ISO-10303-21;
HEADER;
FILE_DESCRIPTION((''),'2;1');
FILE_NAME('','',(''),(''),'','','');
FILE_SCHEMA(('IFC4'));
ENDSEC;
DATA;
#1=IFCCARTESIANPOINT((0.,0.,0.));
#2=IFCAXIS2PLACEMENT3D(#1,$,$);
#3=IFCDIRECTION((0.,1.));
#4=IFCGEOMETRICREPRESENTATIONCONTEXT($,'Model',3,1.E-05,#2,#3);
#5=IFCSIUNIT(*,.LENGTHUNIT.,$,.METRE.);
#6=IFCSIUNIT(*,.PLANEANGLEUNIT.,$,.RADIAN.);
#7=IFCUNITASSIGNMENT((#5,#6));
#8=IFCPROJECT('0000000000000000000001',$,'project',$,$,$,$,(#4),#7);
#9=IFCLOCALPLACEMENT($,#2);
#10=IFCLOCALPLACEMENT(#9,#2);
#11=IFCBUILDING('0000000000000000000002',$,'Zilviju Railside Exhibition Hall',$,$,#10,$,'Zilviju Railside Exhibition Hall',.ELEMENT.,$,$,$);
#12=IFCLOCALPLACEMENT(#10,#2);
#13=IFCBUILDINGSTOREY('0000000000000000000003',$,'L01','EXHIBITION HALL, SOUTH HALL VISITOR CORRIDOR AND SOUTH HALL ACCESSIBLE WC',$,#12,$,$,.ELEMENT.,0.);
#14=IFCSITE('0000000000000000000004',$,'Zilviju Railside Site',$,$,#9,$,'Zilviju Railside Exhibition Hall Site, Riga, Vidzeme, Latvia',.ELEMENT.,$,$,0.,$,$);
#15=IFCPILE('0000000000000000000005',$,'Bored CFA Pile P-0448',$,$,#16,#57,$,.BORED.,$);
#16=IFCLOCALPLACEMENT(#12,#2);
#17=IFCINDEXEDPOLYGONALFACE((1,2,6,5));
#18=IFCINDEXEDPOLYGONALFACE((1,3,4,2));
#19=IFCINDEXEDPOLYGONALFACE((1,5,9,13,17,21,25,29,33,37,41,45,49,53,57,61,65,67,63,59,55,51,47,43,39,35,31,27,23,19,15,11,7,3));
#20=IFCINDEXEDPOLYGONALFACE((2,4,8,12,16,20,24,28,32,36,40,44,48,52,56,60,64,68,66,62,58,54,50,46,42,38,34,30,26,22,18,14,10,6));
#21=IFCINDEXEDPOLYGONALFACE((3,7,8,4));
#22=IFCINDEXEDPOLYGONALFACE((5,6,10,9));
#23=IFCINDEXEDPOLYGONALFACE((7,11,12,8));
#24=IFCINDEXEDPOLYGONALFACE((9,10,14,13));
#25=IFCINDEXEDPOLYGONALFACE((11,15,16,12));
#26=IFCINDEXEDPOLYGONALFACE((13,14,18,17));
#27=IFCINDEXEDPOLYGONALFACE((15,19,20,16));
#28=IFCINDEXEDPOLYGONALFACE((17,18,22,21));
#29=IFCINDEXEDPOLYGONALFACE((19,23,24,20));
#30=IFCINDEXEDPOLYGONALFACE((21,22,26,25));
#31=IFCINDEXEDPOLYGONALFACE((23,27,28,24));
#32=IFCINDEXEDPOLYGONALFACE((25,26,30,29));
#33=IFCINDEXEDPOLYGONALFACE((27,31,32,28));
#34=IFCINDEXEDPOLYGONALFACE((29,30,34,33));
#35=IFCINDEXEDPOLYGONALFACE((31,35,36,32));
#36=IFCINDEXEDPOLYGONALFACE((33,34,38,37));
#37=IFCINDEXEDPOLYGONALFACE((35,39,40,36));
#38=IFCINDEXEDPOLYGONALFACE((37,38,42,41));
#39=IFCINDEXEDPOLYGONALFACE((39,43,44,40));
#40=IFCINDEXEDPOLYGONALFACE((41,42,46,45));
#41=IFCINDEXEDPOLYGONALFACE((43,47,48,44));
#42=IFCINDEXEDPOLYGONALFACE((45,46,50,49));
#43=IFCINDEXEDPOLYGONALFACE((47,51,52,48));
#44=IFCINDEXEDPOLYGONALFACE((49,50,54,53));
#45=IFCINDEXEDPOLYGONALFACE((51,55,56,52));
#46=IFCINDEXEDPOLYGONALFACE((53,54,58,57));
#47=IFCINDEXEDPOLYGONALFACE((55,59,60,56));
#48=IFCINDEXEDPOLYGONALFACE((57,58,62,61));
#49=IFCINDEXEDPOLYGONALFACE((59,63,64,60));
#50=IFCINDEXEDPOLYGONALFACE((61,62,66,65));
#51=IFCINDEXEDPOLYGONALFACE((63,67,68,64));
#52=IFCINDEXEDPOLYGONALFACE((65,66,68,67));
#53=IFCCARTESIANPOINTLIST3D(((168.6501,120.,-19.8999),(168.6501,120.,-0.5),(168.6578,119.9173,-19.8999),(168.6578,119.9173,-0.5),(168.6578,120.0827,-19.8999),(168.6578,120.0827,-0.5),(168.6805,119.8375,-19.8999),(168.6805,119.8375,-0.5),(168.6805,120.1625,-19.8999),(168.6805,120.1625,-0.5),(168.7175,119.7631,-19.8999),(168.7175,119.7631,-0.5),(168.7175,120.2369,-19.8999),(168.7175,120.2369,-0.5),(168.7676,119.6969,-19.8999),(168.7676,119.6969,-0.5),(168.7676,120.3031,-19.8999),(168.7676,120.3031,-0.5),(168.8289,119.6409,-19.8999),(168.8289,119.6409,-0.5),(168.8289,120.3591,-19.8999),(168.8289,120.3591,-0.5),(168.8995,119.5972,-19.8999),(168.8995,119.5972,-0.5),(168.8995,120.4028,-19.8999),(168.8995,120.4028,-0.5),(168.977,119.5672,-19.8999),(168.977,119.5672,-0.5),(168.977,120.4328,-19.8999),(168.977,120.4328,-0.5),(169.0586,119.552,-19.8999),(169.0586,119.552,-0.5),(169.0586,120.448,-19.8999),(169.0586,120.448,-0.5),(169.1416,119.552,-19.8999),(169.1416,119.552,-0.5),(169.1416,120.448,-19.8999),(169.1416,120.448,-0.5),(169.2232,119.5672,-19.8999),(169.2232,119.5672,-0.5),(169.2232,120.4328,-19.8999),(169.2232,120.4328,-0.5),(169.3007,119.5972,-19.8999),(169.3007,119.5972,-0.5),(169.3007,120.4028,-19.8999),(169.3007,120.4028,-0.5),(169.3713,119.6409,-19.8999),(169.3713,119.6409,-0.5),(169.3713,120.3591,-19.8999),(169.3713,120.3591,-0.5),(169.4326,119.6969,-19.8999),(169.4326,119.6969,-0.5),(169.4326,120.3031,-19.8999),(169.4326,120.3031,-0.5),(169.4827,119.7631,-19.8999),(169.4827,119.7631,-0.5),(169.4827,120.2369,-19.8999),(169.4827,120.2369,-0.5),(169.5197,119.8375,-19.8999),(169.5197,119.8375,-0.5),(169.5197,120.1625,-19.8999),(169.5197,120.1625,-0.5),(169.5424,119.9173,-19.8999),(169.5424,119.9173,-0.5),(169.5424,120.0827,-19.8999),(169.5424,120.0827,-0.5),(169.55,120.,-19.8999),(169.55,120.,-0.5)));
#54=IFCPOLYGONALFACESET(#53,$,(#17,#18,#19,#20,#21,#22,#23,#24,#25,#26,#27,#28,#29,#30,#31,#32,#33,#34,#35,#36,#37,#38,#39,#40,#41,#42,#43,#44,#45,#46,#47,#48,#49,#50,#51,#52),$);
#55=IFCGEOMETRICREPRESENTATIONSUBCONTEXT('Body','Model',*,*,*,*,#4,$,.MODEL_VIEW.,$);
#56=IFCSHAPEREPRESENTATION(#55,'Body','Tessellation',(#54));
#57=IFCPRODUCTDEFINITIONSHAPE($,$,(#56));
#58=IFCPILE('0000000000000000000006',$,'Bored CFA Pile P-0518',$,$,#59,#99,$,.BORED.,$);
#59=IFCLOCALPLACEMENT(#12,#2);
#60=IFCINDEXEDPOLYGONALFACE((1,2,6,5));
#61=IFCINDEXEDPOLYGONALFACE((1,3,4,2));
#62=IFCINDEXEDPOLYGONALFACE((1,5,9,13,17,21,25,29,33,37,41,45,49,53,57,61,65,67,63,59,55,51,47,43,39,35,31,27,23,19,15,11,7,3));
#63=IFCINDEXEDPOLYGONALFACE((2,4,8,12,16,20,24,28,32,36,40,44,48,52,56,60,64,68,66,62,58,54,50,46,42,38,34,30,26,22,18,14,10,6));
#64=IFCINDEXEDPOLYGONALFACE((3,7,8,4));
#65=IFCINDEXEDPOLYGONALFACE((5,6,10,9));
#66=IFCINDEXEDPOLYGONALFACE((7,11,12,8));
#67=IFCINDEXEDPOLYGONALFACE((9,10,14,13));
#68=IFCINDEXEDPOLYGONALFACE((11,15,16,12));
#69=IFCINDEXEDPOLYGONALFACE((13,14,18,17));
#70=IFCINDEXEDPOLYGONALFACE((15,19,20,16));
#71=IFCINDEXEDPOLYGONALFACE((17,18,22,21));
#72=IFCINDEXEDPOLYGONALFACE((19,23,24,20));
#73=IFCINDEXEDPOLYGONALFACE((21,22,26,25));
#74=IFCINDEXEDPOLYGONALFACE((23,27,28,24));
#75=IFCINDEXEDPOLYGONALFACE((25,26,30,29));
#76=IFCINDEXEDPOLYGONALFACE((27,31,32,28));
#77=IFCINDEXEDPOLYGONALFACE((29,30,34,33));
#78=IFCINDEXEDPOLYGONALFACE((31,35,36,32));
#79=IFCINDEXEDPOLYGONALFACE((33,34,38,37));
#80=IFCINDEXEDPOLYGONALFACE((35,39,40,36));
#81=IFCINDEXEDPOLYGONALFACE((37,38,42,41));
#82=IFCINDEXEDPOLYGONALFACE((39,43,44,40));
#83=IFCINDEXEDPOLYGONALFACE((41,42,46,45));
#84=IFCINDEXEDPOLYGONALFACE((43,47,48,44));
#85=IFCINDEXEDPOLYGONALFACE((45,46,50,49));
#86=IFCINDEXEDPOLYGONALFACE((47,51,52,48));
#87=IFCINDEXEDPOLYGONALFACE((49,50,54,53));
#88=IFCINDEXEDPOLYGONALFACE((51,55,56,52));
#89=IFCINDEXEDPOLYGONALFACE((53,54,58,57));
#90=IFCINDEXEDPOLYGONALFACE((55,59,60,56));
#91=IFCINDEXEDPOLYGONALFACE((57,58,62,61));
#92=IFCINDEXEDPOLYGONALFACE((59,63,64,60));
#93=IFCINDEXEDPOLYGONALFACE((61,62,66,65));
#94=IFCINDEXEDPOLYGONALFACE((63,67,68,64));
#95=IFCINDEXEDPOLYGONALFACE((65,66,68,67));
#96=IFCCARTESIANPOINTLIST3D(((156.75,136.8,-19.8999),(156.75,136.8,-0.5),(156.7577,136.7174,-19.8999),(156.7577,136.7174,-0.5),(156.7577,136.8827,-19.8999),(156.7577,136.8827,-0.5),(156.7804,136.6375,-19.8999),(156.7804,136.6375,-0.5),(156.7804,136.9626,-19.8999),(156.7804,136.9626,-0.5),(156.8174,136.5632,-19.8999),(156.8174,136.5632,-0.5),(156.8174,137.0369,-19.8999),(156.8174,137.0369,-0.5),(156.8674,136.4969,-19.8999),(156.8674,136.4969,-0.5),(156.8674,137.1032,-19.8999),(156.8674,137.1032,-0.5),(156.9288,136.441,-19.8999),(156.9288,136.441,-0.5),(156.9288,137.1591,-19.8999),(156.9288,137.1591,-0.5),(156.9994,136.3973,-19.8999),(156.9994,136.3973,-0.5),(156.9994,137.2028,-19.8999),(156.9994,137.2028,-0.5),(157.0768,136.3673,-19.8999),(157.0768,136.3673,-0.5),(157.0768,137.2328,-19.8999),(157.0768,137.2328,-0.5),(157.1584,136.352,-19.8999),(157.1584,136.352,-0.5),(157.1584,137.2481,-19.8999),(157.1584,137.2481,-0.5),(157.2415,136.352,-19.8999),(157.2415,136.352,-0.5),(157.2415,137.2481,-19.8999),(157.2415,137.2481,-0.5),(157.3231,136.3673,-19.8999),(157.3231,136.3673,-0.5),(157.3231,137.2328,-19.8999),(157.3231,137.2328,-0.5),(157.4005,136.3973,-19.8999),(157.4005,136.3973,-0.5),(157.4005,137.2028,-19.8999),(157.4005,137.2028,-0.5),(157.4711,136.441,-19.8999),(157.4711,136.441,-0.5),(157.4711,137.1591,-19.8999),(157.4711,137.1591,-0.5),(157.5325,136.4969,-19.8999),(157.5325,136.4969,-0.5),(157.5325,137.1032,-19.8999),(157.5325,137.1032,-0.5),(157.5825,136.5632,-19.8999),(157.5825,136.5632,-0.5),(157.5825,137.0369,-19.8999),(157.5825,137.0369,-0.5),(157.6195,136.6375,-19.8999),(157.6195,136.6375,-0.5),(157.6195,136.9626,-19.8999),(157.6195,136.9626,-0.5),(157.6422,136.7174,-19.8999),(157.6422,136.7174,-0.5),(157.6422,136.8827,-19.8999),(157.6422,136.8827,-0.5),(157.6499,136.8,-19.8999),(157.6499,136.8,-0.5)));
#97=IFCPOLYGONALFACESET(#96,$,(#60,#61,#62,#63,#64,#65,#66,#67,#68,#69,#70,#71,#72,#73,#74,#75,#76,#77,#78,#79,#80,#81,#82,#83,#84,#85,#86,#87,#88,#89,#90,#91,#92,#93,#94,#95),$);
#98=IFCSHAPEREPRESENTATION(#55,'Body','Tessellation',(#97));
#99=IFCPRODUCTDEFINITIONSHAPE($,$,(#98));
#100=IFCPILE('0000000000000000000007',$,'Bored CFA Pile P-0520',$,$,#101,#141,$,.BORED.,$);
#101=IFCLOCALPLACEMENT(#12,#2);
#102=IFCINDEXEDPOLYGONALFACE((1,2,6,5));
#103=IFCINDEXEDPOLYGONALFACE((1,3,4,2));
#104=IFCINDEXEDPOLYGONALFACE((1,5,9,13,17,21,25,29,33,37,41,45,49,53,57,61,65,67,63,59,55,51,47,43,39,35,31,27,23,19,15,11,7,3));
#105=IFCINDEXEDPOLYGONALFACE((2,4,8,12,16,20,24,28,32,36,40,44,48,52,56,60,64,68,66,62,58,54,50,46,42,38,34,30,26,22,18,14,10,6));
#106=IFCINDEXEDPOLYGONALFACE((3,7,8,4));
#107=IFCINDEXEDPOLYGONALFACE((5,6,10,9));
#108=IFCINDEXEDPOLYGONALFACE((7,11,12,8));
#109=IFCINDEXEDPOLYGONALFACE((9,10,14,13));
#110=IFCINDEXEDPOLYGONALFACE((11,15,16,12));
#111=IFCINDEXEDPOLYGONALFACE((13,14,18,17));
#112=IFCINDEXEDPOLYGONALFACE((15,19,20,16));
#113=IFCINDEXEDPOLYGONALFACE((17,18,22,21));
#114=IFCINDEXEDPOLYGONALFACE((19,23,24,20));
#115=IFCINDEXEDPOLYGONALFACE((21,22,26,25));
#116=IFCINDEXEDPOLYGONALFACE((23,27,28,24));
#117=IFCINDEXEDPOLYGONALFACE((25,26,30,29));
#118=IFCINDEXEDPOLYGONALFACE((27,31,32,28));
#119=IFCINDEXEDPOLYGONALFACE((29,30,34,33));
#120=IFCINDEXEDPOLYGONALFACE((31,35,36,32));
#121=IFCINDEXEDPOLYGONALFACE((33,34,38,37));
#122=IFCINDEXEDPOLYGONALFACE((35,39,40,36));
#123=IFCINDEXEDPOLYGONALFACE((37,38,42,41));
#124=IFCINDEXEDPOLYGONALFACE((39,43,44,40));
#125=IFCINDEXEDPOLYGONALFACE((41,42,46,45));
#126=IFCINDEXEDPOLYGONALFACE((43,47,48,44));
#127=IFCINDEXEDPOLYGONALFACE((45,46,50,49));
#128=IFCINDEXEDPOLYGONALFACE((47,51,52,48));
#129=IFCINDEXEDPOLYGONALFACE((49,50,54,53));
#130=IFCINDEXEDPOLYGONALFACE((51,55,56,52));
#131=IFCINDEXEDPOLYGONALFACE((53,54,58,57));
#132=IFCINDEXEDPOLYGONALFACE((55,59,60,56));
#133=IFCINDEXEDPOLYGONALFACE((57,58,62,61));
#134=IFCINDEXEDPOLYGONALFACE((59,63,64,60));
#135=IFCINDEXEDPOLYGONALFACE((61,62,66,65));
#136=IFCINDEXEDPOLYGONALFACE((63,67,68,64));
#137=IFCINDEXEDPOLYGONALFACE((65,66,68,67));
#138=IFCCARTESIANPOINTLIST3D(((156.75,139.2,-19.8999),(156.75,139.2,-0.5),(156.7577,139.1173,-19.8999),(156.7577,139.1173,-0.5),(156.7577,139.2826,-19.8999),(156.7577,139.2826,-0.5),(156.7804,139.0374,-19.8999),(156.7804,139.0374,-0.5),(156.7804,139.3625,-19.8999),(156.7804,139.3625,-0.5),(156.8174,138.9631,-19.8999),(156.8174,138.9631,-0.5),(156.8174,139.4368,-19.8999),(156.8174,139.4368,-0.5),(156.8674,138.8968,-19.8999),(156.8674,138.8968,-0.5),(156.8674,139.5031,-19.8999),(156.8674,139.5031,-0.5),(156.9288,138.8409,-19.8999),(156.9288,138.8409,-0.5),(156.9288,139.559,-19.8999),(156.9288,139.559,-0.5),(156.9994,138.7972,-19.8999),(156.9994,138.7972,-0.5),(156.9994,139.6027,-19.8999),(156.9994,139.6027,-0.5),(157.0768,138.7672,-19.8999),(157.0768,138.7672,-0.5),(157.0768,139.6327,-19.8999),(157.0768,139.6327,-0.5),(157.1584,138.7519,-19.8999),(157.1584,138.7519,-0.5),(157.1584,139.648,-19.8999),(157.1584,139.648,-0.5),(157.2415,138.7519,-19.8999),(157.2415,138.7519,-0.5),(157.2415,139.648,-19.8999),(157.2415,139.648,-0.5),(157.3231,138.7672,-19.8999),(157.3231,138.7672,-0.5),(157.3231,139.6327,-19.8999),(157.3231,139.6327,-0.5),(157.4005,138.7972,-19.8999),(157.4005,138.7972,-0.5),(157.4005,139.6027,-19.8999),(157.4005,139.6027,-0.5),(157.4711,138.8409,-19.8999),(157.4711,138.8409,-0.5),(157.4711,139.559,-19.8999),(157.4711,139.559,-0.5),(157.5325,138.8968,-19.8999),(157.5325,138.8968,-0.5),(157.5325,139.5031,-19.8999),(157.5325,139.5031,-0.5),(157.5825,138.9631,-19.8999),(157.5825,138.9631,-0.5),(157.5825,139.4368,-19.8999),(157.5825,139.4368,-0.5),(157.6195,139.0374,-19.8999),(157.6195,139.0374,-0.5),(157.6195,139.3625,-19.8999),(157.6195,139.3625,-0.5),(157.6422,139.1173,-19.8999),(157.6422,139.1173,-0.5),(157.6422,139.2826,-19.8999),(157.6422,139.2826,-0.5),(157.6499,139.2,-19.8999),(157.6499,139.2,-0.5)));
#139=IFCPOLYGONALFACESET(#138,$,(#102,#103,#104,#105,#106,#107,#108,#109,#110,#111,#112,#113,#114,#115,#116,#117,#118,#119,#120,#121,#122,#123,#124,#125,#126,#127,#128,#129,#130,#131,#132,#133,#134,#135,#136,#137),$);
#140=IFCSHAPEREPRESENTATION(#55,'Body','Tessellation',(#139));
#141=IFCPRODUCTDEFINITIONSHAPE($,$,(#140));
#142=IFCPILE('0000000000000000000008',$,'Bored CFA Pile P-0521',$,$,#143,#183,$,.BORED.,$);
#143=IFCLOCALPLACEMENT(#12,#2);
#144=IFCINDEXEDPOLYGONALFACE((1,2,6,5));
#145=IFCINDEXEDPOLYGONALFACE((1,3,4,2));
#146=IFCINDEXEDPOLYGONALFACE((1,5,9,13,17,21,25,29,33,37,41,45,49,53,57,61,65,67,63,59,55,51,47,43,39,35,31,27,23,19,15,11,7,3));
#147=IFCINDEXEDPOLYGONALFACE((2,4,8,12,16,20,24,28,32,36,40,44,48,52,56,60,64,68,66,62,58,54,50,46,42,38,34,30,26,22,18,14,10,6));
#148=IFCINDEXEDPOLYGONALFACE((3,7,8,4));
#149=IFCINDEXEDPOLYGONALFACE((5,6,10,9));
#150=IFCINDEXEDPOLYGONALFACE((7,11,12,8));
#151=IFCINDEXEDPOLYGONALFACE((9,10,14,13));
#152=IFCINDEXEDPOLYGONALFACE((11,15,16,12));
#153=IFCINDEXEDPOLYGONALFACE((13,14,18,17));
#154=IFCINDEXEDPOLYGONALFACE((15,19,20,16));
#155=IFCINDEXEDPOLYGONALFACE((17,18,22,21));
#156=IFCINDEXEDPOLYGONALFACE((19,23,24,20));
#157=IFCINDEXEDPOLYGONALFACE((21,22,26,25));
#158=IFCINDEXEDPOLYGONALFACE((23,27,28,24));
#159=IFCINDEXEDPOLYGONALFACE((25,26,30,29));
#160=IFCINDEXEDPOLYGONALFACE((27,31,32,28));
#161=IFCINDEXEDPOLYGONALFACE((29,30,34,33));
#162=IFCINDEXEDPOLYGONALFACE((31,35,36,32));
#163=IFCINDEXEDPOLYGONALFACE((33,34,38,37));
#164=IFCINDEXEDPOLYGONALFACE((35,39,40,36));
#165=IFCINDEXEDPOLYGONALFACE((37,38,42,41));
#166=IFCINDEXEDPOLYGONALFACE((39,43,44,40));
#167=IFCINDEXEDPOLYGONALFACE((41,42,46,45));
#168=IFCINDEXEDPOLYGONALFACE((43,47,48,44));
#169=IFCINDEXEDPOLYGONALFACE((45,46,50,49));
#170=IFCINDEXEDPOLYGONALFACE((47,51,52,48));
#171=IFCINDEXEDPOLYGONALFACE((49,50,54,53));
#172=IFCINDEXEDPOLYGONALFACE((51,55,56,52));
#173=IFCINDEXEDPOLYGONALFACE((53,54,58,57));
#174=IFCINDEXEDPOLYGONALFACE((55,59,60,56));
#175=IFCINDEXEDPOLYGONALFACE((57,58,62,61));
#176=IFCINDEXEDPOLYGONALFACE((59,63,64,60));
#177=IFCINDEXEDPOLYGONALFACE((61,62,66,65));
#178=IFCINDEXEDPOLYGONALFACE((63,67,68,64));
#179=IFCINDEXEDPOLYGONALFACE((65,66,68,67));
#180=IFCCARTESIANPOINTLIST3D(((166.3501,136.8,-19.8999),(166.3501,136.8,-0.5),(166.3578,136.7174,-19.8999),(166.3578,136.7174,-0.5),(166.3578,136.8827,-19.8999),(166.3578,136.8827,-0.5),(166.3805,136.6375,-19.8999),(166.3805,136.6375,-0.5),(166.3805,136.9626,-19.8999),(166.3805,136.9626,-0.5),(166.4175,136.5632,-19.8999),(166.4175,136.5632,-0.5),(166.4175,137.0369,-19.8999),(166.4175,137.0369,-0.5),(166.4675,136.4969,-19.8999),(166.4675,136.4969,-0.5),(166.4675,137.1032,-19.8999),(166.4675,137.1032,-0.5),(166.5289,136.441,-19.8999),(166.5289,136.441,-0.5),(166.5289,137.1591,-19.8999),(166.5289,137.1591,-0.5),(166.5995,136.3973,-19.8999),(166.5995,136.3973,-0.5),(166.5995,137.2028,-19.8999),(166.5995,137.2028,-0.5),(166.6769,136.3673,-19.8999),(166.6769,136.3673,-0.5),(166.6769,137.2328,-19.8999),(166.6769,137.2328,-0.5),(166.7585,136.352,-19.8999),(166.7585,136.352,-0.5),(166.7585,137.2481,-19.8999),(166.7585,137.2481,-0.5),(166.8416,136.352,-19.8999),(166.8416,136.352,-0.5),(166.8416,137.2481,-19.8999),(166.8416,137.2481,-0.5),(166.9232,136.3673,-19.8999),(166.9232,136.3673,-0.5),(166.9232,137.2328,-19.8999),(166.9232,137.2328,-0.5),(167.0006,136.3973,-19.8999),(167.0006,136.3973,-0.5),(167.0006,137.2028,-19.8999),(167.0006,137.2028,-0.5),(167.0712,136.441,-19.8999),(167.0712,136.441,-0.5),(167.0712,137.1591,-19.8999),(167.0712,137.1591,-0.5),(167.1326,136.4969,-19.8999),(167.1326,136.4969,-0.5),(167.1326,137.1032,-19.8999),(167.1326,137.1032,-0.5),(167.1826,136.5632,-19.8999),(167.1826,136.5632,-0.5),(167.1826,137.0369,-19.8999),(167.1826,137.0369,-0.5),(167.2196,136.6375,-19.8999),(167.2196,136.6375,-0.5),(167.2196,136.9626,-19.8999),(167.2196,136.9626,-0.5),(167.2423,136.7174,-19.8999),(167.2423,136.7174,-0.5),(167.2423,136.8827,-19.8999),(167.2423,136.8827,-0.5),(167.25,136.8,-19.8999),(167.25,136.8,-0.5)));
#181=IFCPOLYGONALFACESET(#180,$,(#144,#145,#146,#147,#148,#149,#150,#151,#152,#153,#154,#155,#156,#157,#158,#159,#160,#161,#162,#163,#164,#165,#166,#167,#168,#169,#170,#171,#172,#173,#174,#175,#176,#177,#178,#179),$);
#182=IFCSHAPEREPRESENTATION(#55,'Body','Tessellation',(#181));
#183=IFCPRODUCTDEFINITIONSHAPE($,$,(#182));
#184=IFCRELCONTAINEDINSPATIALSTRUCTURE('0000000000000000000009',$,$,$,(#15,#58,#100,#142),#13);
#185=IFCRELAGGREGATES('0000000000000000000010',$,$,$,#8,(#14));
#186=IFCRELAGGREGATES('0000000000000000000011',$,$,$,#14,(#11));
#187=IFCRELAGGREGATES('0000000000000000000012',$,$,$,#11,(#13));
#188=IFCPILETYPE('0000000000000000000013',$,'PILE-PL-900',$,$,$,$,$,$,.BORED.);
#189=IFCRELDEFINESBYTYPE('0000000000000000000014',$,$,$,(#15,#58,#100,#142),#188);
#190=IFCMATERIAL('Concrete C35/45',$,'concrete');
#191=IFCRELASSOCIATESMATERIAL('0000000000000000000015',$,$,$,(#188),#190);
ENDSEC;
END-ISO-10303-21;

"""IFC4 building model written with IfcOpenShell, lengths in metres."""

from ifc_helpers import new_model, si_unit, direction, frame, origin, origin_2d, place, context, subcontext, project, spatial, circle, extrude, material, material_profile, profile_set, type_object, element, save


model = new_model("IFC4")

# Units and contexts
model_context = context("Model", 3, precision=1e-05, world=origin(), true_north=direction((0.0, 1.0)))
body_context = subcontext(model_context, "Body", "Model", "MODEL_VIEW")
ifc_project = project(units=[si_unit("LENGTHUNIT", "METRE"), si_unit("PLANEANGLEUNIT", "RADIAN")], contexts=[model_context])

# Site, building, storey
site_placement = place(None, origin())
site = spatial("IfcSite", under=ifc_project, at=site_placement, Name="Zilviju Railside Site", LongName="Zilviju Railside Exhibition Hall Site, Riga, Vidzeme, Latvia", CompositionType="ELEMENT", RefElevation=0.0)
building_placement = place(site_placement, origin())
building = spatial("IfcBuilding", under=site, at=building_placement, Name="Zilviju Railside Exhibition Hall", LongName="Zilviju Railside Exhibition Hall", CompositionType="ELEMENT")
storey_placement = place(building_placement, origin())
storey = spatial("IfcBuildingStorey", under=building, at=storey_placement, Name="L01", Description="EXHIBITION HALL, SOUTH HALL VISITOR CORRIDOR AND SOUTH HALL ACCESSIBLE WC", CompositionType="ELEMENT", Elevation=0.0)

# Shared definitions
ifc_material_1 = material(Name="Concrete C35/45", Category="concrete")

# Piles
ifc_material_profile_1 = material_profile(ifc_material_1, circle(Radius=0.45, at=origin_2d()), Name="CFA PILE D900")
ifc_profile_set_1 = profile_set([ifc_material_profile_1], Name="Concrete C35/45")
pile_type = type_object("IfcPileType", Name="PILE-PL-900", PredefinedType="BORED", material=ifc_profile_set_1)
for number, where, z_axis, x_axis, name in (
    (1, (169.1001, 120.0, -0.5), (0.0, 0.0, -1.0), (1.0, 0.0, 0.0), "Bored CFA Pile P-0448"),
    (2, (157.2, 136.8, -0.5), (0.0, 0.0, -1.0), (1.0, 0.0, 0.0), "Bored CFA Pile P-0518"),
    (3, (157.2, 139.2, -0.5), (0.0, 0.0, -1.0), (1.0, 0.0, 0.0), "Bored CFA Pile P-0520"),
    (4, (166.8, 136.8, -0.5), (0.0, 0.0, -1.0), (1.0, 0.0, 0.0), "Bored CFA Pile P-0521"),
):
    element("IfcPile", number, at=place(storey_placement, frame(where, z_axis=z_axis, x_axis=x_axis)), inside=storey, type_object=pile_type, Name=name, PredefinedType="BORED", context=body_context, shape_type="SweptSolid", body=[
        extrude(circle(Radius=0.45, at=origin_2d()), origin(), (0.0, 0.0, 1.0), 19.3999),
    ])

save(model, "model.ifc")
